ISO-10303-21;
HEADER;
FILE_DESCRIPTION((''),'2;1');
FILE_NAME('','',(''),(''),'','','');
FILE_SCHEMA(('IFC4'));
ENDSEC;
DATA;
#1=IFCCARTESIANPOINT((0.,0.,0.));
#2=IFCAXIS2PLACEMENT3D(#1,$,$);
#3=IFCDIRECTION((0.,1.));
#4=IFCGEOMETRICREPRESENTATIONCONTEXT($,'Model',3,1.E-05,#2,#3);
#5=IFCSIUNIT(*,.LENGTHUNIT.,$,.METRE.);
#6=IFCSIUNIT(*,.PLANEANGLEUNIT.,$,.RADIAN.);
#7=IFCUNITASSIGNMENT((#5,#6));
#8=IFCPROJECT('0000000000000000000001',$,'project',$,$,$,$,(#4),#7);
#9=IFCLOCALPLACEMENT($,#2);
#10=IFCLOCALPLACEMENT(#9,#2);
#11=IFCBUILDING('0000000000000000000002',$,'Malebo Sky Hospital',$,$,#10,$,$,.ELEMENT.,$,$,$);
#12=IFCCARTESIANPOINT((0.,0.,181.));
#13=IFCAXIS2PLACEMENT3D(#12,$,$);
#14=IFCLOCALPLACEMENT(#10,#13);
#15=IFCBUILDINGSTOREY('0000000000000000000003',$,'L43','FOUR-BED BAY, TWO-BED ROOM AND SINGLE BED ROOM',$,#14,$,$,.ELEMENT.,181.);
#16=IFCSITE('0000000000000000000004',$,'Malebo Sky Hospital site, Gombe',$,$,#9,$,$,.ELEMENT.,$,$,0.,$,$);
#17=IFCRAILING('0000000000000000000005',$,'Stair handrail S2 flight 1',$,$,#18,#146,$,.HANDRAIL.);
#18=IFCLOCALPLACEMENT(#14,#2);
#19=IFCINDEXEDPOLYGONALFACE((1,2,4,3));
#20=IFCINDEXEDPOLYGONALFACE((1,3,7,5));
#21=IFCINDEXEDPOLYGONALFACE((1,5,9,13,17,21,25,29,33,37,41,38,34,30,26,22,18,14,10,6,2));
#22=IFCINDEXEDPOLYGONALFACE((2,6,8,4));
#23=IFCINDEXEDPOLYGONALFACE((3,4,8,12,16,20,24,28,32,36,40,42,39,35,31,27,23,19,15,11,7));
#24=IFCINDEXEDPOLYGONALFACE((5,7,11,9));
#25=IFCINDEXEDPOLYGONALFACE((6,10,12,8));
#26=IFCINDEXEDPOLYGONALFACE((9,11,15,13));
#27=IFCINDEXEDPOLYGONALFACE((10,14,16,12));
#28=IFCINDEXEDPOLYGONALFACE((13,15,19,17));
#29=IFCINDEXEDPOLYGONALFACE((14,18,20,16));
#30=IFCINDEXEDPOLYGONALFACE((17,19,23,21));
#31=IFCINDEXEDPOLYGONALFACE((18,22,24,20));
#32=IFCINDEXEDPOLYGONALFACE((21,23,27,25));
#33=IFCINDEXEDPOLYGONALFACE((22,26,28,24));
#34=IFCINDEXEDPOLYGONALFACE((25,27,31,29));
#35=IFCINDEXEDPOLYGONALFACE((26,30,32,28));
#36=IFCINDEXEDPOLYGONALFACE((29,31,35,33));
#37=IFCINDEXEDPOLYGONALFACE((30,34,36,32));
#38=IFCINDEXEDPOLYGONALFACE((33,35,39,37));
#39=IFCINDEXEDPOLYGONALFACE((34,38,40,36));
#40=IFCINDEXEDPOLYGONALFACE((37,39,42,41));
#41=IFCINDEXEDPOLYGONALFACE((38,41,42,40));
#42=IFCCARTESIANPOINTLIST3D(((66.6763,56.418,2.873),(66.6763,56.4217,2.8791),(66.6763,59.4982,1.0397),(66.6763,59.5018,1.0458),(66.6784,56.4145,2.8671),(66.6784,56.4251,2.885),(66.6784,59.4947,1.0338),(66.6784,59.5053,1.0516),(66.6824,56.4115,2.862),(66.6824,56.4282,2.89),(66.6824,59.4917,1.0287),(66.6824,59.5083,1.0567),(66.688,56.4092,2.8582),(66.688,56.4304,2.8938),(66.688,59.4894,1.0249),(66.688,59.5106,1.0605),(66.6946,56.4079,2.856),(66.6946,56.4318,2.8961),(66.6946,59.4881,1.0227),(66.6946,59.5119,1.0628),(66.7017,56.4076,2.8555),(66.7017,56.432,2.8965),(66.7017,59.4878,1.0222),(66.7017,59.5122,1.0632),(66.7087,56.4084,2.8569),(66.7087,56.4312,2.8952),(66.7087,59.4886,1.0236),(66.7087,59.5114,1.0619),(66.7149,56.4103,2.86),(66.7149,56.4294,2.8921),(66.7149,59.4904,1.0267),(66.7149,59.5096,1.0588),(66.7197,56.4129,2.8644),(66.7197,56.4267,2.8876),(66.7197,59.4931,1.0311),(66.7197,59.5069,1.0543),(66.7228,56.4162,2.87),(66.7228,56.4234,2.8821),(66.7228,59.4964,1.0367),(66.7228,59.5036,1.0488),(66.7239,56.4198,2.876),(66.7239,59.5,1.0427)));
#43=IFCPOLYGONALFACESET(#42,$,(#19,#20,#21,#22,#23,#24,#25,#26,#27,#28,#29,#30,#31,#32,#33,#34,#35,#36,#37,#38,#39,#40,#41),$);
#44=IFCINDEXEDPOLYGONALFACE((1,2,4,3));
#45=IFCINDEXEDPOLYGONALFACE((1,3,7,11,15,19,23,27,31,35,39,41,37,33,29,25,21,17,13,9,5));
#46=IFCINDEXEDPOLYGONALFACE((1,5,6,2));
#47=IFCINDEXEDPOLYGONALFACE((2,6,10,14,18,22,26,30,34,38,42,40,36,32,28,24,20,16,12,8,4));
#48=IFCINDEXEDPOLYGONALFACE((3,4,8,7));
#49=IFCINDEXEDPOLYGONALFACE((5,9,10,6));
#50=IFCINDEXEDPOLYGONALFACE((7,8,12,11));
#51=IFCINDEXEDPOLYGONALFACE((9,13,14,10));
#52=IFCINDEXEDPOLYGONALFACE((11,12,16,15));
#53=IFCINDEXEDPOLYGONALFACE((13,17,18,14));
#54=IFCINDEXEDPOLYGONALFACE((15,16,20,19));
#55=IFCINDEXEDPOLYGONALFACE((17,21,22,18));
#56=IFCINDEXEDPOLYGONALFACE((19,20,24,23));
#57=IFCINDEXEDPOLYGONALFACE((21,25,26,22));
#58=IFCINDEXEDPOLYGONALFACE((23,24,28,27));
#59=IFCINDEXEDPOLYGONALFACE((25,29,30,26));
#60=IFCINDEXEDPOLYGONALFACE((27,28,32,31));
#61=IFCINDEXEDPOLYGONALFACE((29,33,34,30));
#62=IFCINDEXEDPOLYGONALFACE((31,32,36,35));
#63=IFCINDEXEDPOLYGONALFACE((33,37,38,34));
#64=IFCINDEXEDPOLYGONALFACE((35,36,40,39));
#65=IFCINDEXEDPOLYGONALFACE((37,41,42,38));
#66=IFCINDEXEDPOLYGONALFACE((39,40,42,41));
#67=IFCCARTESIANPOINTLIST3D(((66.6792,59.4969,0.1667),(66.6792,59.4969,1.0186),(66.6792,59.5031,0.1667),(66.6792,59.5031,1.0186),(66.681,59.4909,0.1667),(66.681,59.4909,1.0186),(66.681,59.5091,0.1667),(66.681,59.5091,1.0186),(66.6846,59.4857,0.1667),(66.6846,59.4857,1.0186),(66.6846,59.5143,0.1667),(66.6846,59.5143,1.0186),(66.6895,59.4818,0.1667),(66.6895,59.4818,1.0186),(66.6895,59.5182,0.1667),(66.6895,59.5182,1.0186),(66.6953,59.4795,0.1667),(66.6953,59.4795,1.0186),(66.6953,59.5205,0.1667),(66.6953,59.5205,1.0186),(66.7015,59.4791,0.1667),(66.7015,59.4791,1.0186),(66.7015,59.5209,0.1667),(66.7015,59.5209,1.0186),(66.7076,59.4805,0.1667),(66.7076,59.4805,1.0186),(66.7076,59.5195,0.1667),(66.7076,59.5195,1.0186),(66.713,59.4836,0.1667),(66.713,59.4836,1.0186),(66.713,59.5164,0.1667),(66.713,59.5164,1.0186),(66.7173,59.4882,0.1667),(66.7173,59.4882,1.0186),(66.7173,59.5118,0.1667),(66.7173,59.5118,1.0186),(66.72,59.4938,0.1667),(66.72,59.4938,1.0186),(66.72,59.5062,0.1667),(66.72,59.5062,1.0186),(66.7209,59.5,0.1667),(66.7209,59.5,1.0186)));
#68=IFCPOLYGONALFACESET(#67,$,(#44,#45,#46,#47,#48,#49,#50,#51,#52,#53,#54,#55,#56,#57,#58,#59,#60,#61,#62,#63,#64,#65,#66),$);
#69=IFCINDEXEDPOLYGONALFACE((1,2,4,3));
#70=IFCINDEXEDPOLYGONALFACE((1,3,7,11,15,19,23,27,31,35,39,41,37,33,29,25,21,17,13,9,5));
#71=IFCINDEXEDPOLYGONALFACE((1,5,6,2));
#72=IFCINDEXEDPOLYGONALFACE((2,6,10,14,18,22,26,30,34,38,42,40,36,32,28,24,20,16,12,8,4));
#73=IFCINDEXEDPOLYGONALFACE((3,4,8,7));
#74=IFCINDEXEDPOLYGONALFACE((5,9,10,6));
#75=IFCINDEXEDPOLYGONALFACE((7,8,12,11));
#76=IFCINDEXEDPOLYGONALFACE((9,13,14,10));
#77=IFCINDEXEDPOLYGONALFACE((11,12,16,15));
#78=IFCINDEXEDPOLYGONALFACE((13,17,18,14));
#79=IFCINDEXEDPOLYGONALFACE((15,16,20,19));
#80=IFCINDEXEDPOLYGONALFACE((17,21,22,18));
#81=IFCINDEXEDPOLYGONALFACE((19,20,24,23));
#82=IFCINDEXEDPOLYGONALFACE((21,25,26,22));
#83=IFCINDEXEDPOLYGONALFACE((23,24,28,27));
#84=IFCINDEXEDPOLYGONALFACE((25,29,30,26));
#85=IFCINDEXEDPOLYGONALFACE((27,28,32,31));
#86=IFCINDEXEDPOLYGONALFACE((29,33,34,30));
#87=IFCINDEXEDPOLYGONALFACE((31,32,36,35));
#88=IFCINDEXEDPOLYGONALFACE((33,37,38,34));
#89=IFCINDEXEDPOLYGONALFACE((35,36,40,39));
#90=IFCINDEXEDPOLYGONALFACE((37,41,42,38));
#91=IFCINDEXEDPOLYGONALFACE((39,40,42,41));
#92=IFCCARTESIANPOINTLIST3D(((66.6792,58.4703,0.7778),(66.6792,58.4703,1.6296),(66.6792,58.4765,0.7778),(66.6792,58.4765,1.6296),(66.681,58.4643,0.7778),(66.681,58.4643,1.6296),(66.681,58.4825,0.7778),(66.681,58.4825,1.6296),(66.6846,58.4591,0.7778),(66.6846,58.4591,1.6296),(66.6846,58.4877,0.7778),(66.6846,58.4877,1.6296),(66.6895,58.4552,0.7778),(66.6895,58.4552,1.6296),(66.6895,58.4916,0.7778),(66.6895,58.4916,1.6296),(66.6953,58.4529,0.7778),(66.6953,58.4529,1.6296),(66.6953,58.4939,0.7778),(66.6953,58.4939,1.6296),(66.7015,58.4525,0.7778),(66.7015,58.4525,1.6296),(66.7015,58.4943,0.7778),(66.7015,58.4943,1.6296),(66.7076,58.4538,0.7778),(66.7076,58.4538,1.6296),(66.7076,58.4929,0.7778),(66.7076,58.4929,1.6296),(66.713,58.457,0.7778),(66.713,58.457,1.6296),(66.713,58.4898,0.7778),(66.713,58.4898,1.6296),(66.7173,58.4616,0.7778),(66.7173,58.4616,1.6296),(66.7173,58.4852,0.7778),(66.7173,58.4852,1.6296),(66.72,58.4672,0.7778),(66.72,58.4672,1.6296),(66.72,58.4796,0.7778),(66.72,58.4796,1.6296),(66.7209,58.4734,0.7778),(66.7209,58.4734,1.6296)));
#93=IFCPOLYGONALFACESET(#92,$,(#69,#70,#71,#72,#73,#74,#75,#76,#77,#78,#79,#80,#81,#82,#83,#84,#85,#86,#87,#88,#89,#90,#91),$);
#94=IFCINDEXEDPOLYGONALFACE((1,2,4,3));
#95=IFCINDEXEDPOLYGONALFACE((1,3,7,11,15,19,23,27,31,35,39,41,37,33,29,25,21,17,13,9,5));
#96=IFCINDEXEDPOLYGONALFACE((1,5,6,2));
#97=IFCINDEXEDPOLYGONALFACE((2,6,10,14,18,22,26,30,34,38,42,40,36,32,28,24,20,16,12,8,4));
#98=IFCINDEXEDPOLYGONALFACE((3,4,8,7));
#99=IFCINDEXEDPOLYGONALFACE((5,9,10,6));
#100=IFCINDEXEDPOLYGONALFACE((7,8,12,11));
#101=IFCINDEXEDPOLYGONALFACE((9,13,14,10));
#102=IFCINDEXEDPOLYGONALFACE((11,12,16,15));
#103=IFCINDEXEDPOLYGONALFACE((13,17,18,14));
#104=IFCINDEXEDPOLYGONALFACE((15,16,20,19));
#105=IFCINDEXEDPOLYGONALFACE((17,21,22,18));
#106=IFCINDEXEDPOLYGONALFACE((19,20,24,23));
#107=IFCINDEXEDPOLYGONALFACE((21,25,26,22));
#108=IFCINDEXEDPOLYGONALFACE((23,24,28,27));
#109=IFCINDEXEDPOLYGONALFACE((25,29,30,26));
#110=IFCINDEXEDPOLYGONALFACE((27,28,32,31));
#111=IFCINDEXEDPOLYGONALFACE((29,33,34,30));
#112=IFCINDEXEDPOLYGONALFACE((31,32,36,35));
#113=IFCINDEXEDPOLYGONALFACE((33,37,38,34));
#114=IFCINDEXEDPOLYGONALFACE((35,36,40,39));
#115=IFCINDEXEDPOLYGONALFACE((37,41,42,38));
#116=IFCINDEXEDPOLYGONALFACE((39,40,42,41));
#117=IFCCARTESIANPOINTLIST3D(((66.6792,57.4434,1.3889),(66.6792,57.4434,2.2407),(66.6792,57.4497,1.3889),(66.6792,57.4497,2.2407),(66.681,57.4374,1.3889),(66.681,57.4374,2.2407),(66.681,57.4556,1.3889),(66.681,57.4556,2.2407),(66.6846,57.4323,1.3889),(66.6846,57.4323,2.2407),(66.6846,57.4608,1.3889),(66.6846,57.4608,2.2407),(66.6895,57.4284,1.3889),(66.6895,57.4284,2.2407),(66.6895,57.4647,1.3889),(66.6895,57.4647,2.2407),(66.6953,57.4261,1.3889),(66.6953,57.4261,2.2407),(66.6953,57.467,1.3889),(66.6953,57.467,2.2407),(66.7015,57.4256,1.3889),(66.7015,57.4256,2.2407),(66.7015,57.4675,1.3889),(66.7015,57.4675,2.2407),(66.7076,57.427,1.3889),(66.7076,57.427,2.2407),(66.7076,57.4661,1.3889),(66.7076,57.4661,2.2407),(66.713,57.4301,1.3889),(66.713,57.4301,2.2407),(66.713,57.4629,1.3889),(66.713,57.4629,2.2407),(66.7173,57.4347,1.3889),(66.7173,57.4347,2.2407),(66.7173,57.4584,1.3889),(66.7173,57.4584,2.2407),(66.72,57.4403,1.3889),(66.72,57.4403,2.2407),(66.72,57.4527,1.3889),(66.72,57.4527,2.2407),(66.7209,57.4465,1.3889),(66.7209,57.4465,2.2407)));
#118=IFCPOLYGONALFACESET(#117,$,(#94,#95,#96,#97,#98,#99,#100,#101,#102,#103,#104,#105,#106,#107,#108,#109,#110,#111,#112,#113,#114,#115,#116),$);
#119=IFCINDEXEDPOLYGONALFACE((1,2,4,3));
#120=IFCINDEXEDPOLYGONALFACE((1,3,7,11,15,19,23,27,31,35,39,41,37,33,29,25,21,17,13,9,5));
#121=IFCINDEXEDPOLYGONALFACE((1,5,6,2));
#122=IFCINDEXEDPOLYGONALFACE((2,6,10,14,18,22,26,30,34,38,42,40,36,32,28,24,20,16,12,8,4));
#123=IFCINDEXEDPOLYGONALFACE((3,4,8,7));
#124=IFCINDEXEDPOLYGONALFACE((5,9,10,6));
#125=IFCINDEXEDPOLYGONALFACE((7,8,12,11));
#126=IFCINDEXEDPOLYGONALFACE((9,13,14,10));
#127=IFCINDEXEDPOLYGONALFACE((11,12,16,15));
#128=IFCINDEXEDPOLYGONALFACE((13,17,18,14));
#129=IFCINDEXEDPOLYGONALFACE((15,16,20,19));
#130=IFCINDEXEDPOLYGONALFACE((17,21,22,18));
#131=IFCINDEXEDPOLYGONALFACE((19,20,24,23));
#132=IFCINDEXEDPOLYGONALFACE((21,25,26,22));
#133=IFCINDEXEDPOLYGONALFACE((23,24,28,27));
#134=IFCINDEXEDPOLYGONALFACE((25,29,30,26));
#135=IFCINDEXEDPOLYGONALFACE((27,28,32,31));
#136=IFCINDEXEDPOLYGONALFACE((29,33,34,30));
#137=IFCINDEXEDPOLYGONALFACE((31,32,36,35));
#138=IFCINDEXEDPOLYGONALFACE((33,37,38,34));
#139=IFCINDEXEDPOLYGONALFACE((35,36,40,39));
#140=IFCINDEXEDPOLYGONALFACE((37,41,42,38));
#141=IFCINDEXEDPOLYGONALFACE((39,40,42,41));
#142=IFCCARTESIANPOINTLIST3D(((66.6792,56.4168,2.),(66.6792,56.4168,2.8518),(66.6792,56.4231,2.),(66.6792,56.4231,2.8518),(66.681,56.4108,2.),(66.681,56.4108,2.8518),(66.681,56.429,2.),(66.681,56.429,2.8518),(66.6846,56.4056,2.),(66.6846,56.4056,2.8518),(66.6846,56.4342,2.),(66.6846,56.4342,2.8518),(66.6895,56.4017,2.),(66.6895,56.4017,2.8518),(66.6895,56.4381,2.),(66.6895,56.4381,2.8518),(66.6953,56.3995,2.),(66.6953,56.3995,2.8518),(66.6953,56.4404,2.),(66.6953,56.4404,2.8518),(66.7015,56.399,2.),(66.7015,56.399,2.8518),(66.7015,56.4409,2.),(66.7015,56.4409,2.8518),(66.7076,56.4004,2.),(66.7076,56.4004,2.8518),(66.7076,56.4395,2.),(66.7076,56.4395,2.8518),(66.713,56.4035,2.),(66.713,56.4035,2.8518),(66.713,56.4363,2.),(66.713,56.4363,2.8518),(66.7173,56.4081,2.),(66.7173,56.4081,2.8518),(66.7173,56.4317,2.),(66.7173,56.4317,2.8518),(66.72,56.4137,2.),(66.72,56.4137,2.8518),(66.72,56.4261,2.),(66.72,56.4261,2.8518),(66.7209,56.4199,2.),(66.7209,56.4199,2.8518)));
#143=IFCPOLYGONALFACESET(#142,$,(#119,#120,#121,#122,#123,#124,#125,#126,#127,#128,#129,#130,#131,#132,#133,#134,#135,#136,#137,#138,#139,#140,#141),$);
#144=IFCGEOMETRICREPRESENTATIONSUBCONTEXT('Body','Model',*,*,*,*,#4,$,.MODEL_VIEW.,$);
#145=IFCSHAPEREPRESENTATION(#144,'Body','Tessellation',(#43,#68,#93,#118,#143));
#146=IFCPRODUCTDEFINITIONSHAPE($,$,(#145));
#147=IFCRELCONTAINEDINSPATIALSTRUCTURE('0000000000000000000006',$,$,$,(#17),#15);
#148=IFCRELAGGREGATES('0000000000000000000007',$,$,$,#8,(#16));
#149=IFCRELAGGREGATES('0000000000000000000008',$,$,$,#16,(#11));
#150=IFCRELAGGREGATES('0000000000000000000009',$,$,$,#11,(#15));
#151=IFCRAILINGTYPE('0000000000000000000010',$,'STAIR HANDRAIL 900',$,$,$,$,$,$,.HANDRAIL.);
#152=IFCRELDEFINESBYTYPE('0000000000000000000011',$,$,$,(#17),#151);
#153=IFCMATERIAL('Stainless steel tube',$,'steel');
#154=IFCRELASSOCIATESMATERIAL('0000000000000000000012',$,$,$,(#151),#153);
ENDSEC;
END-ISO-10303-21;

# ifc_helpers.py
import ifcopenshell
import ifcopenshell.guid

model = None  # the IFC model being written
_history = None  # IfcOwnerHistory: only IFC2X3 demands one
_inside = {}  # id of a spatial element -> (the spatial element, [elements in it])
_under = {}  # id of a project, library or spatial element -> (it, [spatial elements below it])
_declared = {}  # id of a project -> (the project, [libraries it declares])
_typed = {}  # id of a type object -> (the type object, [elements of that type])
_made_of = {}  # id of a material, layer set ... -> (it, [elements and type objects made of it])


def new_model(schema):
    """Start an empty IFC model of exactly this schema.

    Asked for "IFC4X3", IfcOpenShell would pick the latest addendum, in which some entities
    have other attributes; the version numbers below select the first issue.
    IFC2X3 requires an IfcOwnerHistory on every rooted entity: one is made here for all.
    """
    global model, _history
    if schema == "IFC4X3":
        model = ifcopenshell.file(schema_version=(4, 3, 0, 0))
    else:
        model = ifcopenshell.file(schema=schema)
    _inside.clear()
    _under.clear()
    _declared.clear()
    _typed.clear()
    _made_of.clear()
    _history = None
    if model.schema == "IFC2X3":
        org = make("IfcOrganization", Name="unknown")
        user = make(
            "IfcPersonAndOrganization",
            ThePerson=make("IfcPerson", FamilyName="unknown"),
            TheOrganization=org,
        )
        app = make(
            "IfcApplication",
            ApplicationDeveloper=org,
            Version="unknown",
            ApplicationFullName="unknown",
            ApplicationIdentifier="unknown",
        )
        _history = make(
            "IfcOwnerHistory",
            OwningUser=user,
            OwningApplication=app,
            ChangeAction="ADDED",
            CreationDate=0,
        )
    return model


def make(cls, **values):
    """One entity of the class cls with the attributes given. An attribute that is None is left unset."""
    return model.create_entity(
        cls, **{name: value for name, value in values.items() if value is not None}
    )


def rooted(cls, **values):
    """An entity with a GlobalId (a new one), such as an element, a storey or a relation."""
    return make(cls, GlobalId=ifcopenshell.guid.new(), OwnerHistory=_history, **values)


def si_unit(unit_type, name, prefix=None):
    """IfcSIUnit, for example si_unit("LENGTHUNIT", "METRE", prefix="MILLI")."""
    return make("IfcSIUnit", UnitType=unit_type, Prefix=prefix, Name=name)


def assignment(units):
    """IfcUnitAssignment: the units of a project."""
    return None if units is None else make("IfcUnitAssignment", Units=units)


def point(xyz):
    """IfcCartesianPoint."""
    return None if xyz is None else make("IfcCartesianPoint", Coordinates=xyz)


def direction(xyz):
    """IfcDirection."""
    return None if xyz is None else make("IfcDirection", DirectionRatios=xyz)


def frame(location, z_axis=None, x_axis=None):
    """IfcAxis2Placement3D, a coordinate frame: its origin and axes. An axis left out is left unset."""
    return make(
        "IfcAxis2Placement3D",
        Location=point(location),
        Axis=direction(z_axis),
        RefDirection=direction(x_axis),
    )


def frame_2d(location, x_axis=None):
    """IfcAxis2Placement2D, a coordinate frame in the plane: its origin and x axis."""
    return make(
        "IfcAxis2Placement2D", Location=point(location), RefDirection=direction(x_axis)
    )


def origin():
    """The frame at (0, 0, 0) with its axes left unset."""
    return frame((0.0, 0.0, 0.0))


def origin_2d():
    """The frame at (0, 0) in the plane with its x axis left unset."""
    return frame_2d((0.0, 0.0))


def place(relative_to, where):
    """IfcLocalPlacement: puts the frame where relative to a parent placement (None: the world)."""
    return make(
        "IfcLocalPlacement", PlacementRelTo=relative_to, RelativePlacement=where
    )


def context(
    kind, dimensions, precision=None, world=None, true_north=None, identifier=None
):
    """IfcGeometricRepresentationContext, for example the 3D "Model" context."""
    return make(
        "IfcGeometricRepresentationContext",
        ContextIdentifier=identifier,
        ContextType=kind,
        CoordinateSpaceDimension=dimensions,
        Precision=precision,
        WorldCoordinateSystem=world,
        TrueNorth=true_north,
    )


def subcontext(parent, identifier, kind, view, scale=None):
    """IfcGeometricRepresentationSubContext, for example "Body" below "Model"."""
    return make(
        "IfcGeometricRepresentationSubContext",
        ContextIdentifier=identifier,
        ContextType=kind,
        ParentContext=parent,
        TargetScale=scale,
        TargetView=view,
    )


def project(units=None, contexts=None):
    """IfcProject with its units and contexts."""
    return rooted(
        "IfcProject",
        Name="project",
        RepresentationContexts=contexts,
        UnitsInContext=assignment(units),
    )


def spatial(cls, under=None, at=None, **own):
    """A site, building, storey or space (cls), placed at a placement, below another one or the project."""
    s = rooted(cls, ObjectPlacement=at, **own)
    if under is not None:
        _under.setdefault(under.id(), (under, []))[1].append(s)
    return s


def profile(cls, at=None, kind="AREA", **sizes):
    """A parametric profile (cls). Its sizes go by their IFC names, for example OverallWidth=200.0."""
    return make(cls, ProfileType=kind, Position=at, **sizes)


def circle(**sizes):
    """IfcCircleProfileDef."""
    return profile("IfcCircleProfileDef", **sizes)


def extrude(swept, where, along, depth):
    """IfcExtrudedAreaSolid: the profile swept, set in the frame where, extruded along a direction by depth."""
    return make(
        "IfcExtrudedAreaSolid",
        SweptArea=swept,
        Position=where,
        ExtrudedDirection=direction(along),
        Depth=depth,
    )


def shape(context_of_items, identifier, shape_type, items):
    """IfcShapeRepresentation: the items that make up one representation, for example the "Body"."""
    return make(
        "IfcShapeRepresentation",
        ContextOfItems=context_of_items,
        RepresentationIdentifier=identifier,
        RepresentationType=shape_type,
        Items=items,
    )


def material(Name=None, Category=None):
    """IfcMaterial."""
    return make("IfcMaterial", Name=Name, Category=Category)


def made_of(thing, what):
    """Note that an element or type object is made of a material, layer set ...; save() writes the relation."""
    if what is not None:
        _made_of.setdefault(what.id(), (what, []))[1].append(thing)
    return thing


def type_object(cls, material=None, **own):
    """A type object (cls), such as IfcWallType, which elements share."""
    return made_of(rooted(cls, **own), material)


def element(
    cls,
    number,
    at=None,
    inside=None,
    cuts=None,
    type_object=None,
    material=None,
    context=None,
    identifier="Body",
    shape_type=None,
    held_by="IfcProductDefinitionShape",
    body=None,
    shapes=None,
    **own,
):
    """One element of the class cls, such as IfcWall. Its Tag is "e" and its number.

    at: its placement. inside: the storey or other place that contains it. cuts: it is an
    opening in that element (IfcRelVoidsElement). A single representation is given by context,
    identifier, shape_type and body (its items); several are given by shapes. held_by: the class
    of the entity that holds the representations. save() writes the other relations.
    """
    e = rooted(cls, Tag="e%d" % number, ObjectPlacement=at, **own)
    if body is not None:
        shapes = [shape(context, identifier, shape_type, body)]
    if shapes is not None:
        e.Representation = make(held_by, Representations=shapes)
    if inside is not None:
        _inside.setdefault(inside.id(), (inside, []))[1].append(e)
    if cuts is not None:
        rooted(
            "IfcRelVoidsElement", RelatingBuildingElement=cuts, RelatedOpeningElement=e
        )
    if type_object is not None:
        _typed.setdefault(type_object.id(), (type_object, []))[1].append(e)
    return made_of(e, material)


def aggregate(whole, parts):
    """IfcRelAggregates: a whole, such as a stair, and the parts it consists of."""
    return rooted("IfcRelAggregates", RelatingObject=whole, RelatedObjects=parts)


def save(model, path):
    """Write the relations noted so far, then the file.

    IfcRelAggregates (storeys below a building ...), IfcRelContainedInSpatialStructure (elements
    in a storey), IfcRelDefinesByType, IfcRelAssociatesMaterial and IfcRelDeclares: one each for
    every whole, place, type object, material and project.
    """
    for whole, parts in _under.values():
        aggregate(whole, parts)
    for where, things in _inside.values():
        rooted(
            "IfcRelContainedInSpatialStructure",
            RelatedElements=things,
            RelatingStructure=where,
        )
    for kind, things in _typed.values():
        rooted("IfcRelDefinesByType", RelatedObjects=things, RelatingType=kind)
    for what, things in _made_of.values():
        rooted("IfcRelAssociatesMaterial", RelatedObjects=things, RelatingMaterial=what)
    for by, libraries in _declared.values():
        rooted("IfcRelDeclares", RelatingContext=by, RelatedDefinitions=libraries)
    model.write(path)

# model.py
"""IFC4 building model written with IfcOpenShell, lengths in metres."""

from ifc_helpers import new_model, si_unit, direction, frame, origin, origin_2d, place, context, subcontext, project, spatial, circle, extrude, material, type_object, element, save


model = new_model("IFC4")

# Units and contexts
model_context = context("Model", 3, precision=1e-05, world=origin(), true_north=direction((0.0, 1.0)))
body_context = subcontext(model_context, "Body", "Model", "MODEL_VIEW")
ifc_project = project(units=[si_unit("LENGTHUNIT", "METRE"), si_unit("PLANEANGLEUNIT", "RADIAN")], contexts=[model_context])

# Site, building, storey
site_placement = place(None, origin())
site = spatial("IfcSite", under=ifc_project, at=site_placement, Name="Malebo Sky Hospital site, Gombe", CompositionType="ELEMENT", RefElevation=0.0)
building_placement = place(site_placement, origin())
building = spatial("IfcBuilding", under=site, at=building_placement, Name="Malebo Sky Hospital", CompositionType="ELEMENT")
storey_placement = place(building_placement, frame((0.0, 0.0, 181.0)))
storey = spatial("IfcBuildingStorey", under=building, at=storey_placement, Name="L43", Description="FOUR-BED BAY, TWO-BED ROOM AND SINGLE BED ROOM", CompositionType="ELEMENT", Elevation=181.0)

# Railing
ifc_material_1 = material(Name="Stainless steel tube", Category="steel")
railing_type = type_object("IfcRailingType", Name="STAIR HANDRAIL 900", PredefinedType="HANDRAIL", material=ifc_material_1)
railing_1_placement = place(storey_placement, frame((66.7, 59.5, 0.1667)))
element("IfcRailing", 1, at=railing_1_placement, inside=storey, type_object=railing_type, Name="Stair handrail S2 flight 1", PredefinedType="HANDRAIL", context=body_context, shape_type="SweptSolid", body=[
    extrude(circle(Radius=0.0239, at=origin_2d()), frame((0.0, 0.0, 0.876), z_axis=(0.0, -0.859309, 0.511458), x_axis=(1.0, 0.0, 0.0)), (0.0, 0.0, 1.0), 3.5845),
    extrude(circle(Radius=0.021, at=origin_2d()), origin(), (0.0, 0.0, 1.0), 0.8518),
    extrude(circle(Radius=0.021, at=origin_2d()), frame((0.0, -1.0266, 0.6111)), (0.0, 0.0, 1.0), 0.8518),
    extrude(circle(Radius=0.021, at=origin_2d()), frame((0.0, -2.0535, 1.2222)), (0.0, 0.0, 1.0), 0.8518),
    extrude(circle(Radius=0.021, at=origin_2d()), frame((0.0, -3.0801, 1.8333)), (0.0, 0.0, 1.0), 0.8518),
])

save(model, "model.ifc")
